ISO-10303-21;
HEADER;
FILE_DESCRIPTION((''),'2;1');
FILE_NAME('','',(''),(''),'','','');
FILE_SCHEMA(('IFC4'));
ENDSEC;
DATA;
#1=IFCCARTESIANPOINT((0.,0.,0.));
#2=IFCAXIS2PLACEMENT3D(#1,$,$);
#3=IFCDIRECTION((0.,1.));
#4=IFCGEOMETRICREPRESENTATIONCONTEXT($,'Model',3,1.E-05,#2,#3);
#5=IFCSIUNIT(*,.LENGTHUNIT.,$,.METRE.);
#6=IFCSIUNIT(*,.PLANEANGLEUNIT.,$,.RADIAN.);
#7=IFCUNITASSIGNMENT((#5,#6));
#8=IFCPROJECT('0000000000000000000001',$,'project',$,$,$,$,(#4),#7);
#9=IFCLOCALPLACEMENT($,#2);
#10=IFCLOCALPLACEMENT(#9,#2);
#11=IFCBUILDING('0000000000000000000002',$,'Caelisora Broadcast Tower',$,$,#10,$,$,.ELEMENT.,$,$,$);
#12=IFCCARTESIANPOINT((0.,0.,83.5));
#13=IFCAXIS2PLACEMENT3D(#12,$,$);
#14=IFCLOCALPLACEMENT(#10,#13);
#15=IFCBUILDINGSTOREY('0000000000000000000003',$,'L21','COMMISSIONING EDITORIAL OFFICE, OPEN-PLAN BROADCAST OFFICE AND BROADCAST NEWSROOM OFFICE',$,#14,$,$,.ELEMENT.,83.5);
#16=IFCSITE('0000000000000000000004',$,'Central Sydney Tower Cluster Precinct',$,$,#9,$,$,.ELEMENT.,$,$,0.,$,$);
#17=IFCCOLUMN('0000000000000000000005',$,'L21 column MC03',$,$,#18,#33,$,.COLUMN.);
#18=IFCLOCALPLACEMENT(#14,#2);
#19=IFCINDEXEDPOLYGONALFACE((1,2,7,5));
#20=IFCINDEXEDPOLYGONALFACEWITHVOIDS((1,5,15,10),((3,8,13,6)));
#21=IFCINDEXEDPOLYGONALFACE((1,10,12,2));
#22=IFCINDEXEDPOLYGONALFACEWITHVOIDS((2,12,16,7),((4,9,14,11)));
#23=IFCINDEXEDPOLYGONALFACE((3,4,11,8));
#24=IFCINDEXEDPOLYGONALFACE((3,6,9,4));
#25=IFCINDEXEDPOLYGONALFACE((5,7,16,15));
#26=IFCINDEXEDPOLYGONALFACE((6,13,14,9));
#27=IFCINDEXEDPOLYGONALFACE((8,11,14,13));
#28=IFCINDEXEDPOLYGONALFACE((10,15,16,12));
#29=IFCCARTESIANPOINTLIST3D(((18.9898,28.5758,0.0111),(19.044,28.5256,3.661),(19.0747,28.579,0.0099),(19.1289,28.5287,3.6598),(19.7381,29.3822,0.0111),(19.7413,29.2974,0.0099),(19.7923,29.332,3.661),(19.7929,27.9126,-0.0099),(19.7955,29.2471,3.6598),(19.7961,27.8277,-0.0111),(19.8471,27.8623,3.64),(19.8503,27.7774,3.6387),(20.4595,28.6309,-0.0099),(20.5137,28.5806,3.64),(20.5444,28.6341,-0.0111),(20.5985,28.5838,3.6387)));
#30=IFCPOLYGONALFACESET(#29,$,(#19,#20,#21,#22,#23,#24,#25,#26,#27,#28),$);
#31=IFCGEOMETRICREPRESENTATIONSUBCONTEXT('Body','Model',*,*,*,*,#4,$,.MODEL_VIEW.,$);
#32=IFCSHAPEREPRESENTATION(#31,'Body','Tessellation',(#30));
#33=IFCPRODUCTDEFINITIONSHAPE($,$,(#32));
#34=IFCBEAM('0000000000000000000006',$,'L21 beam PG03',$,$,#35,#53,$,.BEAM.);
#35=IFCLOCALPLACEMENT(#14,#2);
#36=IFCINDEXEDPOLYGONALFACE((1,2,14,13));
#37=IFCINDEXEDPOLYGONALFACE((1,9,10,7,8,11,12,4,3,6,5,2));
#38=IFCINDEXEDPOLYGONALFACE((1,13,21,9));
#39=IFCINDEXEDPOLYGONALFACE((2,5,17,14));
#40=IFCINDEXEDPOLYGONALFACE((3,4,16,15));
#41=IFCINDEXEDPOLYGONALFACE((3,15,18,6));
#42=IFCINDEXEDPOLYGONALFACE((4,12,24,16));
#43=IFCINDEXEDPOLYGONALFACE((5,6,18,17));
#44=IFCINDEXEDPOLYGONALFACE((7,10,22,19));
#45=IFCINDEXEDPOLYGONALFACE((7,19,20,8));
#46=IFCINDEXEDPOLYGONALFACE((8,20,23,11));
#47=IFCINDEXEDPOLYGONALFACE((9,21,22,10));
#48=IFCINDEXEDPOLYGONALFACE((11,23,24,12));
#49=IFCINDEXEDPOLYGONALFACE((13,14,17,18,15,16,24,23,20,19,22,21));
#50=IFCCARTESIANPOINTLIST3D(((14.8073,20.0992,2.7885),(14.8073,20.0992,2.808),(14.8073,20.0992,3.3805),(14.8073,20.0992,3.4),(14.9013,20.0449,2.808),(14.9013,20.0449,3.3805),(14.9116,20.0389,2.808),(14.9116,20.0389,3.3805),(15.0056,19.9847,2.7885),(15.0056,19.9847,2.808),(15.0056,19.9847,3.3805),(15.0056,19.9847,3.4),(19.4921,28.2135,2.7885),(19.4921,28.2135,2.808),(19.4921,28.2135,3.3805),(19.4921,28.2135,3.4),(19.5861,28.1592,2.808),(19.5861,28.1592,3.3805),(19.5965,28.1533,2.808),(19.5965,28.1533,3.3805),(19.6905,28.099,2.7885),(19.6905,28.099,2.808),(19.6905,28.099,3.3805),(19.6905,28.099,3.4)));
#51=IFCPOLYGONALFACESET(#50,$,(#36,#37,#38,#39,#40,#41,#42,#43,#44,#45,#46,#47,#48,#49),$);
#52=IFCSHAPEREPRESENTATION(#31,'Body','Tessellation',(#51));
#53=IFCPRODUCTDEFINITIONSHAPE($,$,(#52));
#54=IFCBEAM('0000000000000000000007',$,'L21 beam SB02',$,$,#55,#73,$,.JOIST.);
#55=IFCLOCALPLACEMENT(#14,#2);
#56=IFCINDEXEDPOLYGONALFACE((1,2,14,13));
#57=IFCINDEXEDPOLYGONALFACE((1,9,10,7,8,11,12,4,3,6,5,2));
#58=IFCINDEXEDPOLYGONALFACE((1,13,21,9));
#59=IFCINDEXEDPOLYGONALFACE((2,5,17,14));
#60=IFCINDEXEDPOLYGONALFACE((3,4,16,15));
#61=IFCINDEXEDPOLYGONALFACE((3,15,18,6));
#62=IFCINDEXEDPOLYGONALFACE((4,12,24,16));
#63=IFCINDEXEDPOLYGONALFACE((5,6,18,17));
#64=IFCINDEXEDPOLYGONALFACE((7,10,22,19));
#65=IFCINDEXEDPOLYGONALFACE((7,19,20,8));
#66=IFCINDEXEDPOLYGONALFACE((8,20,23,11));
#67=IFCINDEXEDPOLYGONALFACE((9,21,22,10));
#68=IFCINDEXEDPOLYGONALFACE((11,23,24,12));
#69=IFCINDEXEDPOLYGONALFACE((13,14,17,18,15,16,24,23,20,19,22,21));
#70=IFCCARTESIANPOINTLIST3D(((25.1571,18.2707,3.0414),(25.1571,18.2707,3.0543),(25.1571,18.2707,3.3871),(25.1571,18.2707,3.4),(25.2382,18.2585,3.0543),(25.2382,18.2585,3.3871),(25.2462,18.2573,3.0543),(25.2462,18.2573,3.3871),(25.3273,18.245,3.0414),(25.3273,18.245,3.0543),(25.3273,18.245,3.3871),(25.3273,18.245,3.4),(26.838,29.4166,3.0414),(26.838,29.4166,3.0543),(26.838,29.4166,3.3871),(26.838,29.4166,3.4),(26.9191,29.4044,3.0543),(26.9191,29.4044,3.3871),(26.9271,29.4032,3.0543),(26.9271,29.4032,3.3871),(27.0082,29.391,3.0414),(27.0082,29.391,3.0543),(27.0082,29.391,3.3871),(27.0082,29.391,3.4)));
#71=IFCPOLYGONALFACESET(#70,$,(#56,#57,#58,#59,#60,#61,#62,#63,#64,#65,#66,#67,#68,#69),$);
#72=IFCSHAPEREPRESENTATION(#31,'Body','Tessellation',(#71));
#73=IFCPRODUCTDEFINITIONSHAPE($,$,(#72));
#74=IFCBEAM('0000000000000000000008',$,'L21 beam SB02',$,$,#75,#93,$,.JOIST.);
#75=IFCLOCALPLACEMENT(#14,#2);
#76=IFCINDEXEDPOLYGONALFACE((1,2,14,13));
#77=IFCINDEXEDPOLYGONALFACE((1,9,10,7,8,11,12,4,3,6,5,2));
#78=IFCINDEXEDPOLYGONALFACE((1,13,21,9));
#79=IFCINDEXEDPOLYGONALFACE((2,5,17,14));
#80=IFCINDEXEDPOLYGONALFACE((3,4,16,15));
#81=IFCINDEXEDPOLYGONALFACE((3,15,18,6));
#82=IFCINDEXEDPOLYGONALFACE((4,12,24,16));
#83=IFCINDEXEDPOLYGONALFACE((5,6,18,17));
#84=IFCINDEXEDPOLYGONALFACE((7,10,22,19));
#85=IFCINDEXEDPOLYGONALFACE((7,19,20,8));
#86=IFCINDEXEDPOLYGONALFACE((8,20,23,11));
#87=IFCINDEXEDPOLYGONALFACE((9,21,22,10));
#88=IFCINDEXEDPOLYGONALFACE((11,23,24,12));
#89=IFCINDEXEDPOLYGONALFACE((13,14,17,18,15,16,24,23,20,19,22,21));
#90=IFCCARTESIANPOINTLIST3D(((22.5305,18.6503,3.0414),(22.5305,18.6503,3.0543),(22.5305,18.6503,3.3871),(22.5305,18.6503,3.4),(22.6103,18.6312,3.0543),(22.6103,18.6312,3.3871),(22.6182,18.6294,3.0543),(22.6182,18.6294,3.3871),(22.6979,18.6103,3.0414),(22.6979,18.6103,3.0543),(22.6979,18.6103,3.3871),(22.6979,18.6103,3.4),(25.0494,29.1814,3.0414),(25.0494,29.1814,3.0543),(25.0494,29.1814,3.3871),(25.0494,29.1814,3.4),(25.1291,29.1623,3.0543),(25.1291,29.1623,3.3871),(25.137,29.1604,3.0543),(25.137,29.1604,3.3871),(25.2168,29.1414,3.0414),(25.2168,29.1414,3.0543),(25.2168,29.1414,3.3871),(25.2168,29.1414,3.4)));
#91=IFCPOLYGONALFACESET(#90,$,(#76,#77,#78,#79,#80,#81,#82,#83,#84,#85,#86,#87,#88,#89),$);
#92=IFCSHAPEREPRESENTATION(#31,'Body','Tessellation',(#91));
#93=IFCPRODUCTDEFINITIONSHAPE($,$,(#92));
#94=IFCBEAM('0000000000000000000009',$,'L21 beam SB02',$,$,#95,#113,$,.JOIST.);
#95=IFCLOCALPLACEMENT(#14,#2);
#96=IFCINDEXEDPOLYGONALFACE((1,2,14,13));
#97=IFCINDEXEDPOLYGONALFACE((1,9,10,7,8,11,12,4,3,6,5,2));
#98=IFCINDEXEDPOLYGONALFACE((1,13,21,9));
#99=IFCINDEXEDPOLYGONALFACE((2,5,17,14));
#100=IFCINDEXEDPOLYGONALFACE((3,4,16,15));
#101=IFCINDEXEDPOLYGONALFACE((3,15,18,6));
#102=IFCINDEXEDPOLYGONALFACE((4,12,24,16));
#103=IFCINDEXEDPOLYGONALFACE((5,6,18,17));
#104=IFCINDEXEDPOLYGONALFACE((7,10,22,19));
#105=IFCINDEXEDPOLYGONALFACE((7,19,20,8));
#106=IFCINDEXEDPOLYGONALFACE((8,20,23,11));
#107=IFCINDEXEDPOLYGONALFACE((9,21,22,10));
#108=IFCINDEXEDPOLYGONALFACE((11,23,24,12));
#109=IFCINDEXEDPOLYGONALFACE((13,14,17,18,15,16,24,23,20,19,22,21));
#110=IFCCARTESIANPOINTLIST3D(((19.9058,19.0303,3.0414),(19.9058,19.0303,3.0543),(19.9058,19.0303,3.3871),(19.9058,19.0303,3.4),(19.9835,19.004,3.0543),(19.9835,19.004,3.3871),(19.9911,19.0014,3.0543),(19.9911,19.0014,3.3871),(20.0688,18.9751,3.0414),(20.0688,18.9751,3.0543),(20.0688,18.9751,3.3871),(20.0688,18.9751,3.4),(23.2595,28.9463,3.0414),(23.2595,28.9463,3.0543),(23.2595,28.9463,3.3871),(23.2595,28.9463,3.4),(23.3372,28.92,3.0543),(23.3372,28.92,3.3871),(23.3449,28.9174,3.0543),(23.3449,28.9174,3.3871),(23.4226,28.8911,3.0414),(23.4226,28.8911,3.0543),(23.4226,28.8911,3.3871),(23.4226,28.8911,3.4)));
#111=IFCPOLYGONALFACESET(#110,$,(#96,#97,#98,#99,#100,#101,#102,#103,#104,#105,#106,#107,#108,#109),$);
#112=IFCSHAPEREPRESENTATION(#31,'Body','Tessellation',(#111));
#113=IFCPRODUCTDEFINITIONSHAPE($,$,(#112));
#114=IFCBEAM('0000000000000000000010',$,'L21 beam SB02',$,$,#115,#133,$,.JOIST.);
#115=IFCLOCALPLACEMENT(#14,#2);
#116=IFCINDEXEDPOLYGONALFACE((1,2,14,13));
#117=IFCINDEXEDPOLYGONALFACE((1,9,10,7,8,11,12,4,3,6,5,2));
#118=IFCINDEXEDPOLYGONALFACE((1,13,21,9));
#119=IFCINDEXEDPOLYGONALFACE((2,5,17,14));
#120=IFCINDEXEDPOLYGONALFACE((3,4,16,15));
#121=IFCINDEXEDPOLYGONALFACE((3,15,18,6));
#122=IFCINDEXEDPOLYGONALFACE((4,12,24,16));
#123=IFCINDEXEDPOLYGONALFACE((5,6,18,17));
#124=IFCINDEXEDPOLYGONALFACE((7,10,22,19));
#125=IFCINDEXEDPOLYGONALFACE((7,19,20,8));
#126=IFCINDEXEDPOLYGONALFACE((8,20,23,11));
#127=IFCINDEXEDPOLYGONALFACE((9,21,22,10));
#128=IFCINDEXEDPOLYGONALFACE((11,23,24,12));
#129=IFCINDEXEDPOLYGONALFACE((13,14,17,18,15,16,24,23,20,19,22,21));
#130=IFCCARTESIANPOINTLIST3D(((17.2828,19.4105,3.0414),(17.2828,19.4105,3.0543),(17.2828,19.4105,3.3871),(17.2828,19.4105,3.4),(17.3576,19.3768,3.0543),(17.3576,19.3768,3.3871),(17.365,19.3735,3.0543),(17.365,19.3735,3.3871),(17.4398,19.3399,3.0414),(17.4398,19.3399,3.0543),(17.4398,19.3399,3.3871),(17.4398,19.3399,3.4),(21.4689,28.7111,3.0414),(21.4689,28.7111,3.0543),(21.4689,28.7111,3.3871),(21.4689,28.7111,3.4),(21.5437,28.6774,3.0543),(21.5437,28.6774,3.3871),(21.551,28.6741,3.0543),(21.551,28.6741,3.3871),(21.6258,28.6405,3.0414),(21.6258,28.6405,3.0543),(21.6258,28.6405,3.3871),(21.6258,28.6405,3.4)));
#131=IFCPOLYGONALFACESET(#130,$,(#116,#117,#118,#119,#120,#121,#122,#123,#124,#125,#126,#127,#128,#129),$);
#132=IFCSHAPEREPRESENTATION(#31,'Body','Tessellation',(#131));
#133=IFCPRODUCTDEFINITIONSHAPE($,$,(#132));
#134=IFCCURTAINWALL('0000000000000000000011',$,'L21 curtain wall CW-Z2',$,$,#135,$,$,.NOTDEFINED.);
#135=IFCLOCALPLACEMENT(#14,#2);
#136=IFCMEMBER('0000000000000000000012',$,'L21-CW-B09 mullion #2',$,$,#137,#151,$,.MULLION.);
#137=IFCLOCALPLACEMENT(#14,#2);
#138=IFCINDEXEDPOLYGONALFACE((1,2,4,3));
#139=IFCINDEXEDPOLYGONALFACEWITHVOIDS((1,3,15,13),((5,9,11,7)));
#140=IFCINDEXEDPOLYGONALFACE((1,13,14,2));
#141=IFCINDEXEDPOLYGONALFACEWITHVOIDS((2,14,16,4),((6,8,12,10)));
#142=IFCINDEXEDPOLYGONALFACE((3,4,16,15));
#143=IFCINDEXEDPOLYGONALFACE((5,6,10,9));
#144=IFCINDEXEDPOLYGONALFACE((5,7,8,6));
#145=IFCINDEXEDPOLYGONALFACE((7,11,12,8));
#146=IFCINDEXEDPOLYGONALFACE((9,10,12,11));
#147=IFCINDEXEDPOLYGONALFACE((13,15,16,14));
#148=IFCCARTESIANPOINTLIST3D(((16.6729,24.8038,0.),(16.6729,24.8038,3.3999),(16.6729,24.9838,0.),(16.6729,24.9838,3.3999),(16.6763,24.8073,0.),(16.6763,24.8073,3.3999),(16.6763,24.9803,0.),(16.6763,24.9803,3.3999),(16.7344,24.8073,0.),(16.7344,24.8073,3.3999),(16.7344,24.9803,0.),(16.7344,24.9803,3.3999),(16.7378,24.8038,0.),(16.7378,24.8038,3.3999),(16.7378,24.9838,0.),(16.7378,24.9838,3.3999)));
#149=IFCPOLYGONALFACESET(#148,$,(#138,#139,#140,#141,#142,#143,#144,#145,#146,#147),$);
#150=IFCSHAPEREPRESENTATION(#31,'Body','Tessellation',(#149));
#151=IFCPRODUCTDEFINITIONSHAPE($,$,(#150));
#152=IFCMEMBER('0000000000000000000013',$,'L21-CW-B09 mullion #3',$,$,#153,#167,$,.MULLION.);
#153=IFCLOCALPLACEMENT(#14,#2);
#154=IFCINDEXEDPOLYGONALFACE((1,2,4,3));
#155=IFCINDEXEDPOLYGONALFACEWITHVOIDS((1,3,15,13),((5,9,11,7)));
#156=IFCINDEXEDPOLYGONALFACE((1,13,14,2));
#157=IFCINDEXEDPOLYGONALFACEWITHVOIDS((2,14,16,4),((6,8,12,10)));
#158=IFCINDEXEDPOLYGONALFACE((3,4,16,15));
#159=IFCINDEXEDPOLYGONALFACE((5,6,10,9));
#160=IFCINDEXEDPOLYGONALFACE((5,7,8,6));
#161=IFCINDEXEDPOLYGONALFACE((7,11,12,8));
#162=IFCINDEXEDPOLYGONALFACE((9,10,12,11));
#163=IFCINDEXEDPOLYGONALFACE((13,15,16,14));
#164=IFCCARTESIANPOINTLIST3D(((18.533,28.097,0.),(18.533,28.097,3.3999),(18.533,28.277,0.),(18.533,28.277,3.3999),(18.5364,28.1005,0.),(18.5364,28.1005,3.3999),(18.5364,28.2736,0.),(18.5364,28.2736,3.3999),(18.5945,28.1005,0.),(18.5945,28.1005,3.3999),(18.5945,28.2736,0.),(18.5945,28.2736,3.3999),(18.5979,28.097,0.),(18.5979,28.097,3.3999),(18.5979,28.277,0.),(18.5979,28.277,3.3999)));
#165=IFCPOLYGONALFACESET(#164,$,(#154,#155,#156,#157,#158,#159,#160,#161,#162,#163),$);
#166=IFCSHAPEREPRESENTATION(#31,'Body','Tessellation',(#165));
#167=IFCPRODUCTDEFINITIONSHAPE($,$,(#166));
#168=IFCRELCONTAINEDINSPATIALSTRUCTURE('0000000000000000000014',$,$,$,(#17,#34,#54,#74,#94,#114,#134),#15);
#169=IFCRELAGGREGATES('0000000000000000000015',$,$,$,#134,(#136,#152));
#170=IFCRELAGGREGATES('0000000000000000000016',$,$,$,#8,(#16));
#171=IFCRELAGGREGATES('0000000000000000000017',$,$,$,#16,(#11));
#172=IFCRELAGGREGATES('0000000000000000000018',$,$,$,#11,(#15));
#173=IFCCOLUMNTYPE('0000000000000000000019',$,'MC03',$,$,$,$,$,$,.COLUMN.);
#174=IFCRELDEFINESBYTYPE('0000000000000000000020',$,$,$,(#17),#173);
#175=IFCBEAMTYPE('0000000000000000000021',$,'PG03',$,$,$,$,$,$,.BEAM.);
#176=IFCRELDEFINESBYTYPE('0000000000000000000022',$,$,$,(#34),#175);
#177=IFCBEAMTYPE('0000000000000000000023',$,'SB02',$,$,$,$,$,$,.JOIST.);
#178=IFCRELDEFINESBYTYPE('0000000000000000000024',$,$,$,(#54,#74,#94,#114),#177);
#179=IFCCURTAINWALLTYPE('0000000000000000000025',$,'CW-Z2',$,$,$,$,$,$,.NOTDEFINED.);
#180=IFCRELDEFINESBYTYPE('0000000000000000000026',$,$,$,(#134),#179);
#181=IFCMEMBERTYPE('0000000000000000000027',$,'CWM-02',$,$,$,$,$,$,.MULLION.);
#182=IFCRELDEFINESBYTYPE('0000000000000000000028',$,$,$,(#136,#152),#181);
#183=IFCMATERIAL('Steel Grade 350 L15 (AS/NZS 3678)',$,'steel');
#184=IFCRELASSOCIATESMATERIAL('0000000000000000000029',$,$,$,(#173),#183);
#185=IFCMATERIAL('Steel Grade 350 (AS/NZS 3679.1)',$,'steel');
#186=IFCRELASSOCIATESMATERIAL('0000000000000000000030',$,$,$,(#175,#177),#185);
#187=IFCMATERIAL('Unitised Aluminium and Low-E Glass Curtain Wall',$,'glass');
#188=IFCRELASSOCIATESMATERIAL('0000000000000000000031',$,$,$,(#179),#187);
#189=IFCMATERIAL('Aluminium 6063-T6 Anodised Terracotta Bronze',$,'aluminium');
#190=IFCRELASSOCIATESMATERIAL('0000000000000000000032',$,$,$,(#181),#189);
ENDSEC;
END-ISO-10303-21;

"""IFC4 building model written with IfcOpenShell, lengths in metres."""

from ifc_helpers import new_model, si_unit, direction, frame, origin, origin_2d, place, context, subcontext, project, spatial, hollow_rectangle, i_section, extrude, source, transform, mapped, material, material_profile, profile_set, type_object, type_shapes, element, aggregate, save


model = new_model("IFC4")

# Units and contexts
model_context = context("Model", 3, precision=1e-05, world=origin(), true_north=direction((0.0, 1.0)))
body_context = subcontext(model_context, "Body", "Model", "MODEL_VIEW")
ifc_project = project(units=[si_unit("LENGTHUNIT", "METRE"), si_unit("PLANEANGLEUNIT", "RADIAN")], contexts=[model_context])

# Site, building, storey
site_placement = place(None, origin())
site = spatial("IfcSite", under=ifc_project, at=site_placement, Name="Central Sydney Tower Cluster Precinct", CompositionType="ELEMENT", RefElevation=0.0)
building_placement = place(site_placement, origin())
building = spatial("IfcBuilding", under=site, at=building_placement, Name="Caelisora Broadcast Tower", CompositionType="ELEMENT")
storey_placement = place(building_placement, frame((0.0, 0.0, 83.5)))
storey = spatial("IfcBuildingStorey", under=building, at=storey_placement, Name="L21", Description="COMMISSIONING EDITORIAL OFFICE, OPEN-PLAN BROADCAST OFFICE AND BROADCAST NEWSROOM OFFICE", CompositionType="ELEMENT", Elevation=83.5)

# Column
ifc_material_1 = material(Name="Steel Grade 350 L15 (AS/NZS 3678)", Category="steel")
ifc_material_profile_1 = material_profile(ifc_material_1, hollow_rectangle(XDim=1.1001, YDim=1.1001, WallThickness=0.0601, at=origin_2d()), Name="Steel Grade 350 L15 (AS/NZS 3678)")
ifc_profile_set_1 = profile_set([ifc_material_profile_1], Name="Steel Grade 350 L15 (AS/NZS 3678)")
column_type = type_object("IfcColumnType", Name="MC03", PredefinedType="COLUMN", material=ifc_profile_set_1)
shared_shape_1 = source(origin(), body_context, "Body", "SweptSolid", [
    extrude(hollow_rectangle(XDim=1.1001, YDim=1.1001, WallThickness=0.0601, at=origin_2d()), origin(), (0.0, 0.0, 1.0), 3.6506),
])
type_shapes(column_type, [shared_shape_1])
column_placement = place(storey_placement, frame((19.7671, 28.605, 0.0), z_axis=(0.014846, -0.013776, 0.999795), x_axis=(0.680198, 0.733029, 0.0)))
element("IfcColumn", 1, at=column_placement, inside=storey, type_object=column_type, Name="L21 column MC03", PredefinedType="COLUMN", context=body_context, shape_type="MappedRepresentation", body=[
    mapped(shared_shape_1, transform((0.0, 0.0, 0.0), scale=1.0)),
])

# Beams
ifc_material_2 = material(Name="Steel Grade 350 (AS/NZS 3679.1)", Category="steel")
ifc_material_profile_2 = material_profile(ifc_material_2, i_section(OverallWidth=0.229, OverallDepth=0.6116, WebThickness=0.012, FlangeThickness=0.0195, at=origin_2d()), Name="Steel Grade 350 (AS/NZS 3679.1)")
ifc_profile_set_2 = profile_set([ifc_material_profile_2], Name="Steel Grade 350 (AS/NZS 3679.1)")
beam_type_1 = type_object("IfcBeamType", Name="PG03", PredefinedType="BEAM", material=ifc_profile_set_2)
shared_shape_2 = source(origin(), body_context, "Body", "SweptSolid", [
    extrude(i_section(OverallWidth=0.229, OverallDepth=0.6116, WebThickness=0.012, FlangeThickness=0.0195, at=origin_2d()), origin(), (0.0, 0.0, 1.0), 9.3696),
])
type_shapes(beam_type_1, [shared_shape_2])
beam_1_placement = place(storey_placement, frame((19.5913, 28.1562, 3.0942), z_axis=(-0.500004, -0.866023, 0.0), x_axis=(0.866023, -0.500004, 0.0)))
element("IfcBeam", 2, at=beam_1_placement, inside=storey, type_object=beam_type_1, Name="L21 beam PG03", PredefinedType="BEAM", context=body_context, shape_type="MappedRepresentation", body=[
    mapped(shared_shape_2, transform((0.0, 0.0, 0.0), scale=1.0)),
])
ifc_material_profile_3 = material_profile(ifc_material_2, i_section(OverallWidth=0.1721, OverallDepth=0.3586, WebThickness=0.0081, FlangeThickness=0.0129, at=origin_2d()), Name="Steel Grade 350 (AS/NZS 3679.1)")
ifc_profile_set_3 = profile_set([ifc_material_profile_3], Name="Steel Grade 350 (AS/NZS 3679.1)")
beam_type_2 = type_object("IfcBeamType", Name="SB02", PredefinedType="JOIST", material=ifc_profile_set_3)
shared_shape_3 = source(origin(), body_context, "Body", "SweptSolid", [
    extrude(i_section(OverallWidth=0.1721, OverallDepth=0.3586, WebThickness=0.0081, FlangeThickness=0.0129, at=origin_2d()), origin(), (0.0, 0.0, 1.0), 11.272),
])
beam_2_placement = place(storey_placement, frame((26.9231, 29.4038, 3.2207), z_axis=(-0.149122, -0.988819, 0.0), x_axis=(0.988819, -0.149122, 0.0)))
element("IfcBeam", 3, at=beam_2_placement, inside=storey, type_object=beam_type_2, Name="L21 beam SB02", PredefinedType="JOIST", context=body_context, shape_type="MappedRepresentation", body=[
    mapped(shared_shape_3, transform((0.0, 0.0, 0.0), scale=1.0)),
])
shared_shape_4 = source(origin(), body_context, "Body", "SweptSolid", [
    extrude(i_section(OverallWidth=0.1721, OverallDepth=0.3586, WebThickness=0.0081, FlangeThickness=0.0129, at=origin_2d()), origin(), (0.0, 0.0, 1.0), 10.8281),
])
beam_3_placement = place(storey_placement, frame((25.1331, 29.1614, 3.2207), z_axis=(-0.232618, -0.972568, 0.0), x_axis=(0.972568, -0.232618, 0.0)))
element("IfcBeam", 4, at=beam_3_placement, inside=storey, type_object=beam_type_2, Name="L21 beam SB02", PredefinedType="JOIST", context=body_context, shape_type="MappedRepresentation", body=[
    mapped(shared_shape_4, transform((0.0, 0.0, 0.0), scale=1.0)),
])
shared_shape_5 = source(origin(), body_context, "Body", "SweptSolid", [
    extrude(i_section(OverallWidth=0.1721, OverallDepth=0.3586, WebThickness=0.0081, FlangeThickness=0.0129, at=origin_2d()), origin(), (0.0, 0.0, 1.0), 10.4678),
])
beam_4_placement = place(storey_placement, frame((23.3411, 28.9187, 3.2207), z_axis=(-0.320388, -0.947286, 0.0), x_axis=(0.947286, -0.320388, 0.0)))
element("IfcBeam", 5, at=beam_4_placement, inside=storey, type_object=beam_type_2, Name="L21 beam SB02", PredefinedType="JOIST", context=body_context, shape_type="MappedRepresentation", body=[
    mapped(shared_shape_5, transform((0.0, 0.0, 0.0), scale=1.0)),
])
shared_shape_6 = source(origin(), body_context, "Body", "SweptSolid", [
    extrude(i_section(OverallWidth=0.1721, OverallDepth=0.3586, WebThickness=0.0081, FlangeThickness=0.0129, at=origin_2d()), origin(), (0.0, 0.0, 1.0), 10.1992),
])
type_shapes(beam_type_2, [shared_shape_3, shared_shape_4, shared_shape_5, shared_shape_6])
beam_5_placement = place(storey_placement, frame((21.5474, 28.6758, 3.2207), z_axis=(-0.410429, -0.911892, 0.0), x_axis=(0.911892, -0.410429, 0.0)))
element("IfcBeam", 6, at=beam_5_placement, inside=storey, type_object=beam_type_2, Name="L21 beam SB02", PredefinedType="JOIST", context=body_context, shape_type="MappedRepresentation", body=[
    mapped(shared_shape_6, transform((0.0, 0.0, 0.0), scale=1.0)),
])

# Curtain wall, members
ifc_material_3 = material(Name="Unitised Aluminium and Low-E Glass Curtain Wall", Category="glass")
curtain_wall_type_1 = type_object("IfcCurtainWallType", Name="CW-Z2", PredefinedType="NOTDEFINED", material=ifc_material_3)
curtain_wall_1_placement = place(storey_placement, origin())
curtain_wall_1 = element("IfcCurtainWall", 7, at=curtain_wall_1_placement, inside=storey, type_object=curtain_wall_type_1, Name="L21 curtain wall CW-Z2", PredefinedType="NOTDEFINED")
ifc_material_4 = material(Name="Aluminium 6063-T6 Anodised Terracotta Bronze", Category="aluminium")
ifc_material_profile_4 = material_profile(ifc_material_4, hollow_rectangle(XDim=0.0649, YDim=0.1799, WallThickness=0.0034, at=origin_2d()), Name="Aluminium 6063-T6 Anodised Terracotta Bronze")
ifc_profile_set_4 = profile_set([ifc_material_profile_4], Name="Aluminium 6063-T6 Anodised Terracotta Bronze")
member_type_1 = type_object("IfcMemberType", Name="CWM-02", PredefinedType="MULLION", material=ifc_profile_set_4)
shared_shape_7 = source(origin(), body_context, "Body", "SweptSolid", [
    extrude(hollow_rectangle(XDim=0.0649, YDim=0.1799, WallThickness=0.0034, at=origin_2d()), origin(), (0.0, 0.0, 1.0), 3.3999),
])
type_shapes(member_type_1, [shared_shape_7])
member_1_placement = place(storey_placement, frame((16.7053, 24.8938, 0.0), z_axis=(0.0, 0.0, 1.0), x_axis=(1.0, 0.0, 0.0)))
member_1 = element("IfcMember", 8, at=member_1_placement, type_object=member_type_1, Name="L21-CW-B09 mullion #2", PredefinedType="MULLION", context=body_context, shape_type="MappedRepresentation", body=[
    mapped(shared_shape_7, transform((0.0, 0.0, 0.0), scale=1.0)),
])
member_2_placement = place(storey_placement, frame((18.5654, 28.187, 0.0), z_axis=(0.0, 0.0, 1.0), x_axis=(1.0, 0.0, 0.0)))
member_2 = element("IfcMember", 9, at=member_2_placement, type_object=member_type_1, Name="L21-CW-B09 mullion #3", PredefinedType="MULLION", context=body_context, shape_type="MappedRepresentation", body=[
    mapped(shared_shape_7, transform((0.0, 0.0, 0.0), scale=1.0)),
])

aggregate(curtain_wall_1, [member_1, member_2])

save(model, "model.ifc")
